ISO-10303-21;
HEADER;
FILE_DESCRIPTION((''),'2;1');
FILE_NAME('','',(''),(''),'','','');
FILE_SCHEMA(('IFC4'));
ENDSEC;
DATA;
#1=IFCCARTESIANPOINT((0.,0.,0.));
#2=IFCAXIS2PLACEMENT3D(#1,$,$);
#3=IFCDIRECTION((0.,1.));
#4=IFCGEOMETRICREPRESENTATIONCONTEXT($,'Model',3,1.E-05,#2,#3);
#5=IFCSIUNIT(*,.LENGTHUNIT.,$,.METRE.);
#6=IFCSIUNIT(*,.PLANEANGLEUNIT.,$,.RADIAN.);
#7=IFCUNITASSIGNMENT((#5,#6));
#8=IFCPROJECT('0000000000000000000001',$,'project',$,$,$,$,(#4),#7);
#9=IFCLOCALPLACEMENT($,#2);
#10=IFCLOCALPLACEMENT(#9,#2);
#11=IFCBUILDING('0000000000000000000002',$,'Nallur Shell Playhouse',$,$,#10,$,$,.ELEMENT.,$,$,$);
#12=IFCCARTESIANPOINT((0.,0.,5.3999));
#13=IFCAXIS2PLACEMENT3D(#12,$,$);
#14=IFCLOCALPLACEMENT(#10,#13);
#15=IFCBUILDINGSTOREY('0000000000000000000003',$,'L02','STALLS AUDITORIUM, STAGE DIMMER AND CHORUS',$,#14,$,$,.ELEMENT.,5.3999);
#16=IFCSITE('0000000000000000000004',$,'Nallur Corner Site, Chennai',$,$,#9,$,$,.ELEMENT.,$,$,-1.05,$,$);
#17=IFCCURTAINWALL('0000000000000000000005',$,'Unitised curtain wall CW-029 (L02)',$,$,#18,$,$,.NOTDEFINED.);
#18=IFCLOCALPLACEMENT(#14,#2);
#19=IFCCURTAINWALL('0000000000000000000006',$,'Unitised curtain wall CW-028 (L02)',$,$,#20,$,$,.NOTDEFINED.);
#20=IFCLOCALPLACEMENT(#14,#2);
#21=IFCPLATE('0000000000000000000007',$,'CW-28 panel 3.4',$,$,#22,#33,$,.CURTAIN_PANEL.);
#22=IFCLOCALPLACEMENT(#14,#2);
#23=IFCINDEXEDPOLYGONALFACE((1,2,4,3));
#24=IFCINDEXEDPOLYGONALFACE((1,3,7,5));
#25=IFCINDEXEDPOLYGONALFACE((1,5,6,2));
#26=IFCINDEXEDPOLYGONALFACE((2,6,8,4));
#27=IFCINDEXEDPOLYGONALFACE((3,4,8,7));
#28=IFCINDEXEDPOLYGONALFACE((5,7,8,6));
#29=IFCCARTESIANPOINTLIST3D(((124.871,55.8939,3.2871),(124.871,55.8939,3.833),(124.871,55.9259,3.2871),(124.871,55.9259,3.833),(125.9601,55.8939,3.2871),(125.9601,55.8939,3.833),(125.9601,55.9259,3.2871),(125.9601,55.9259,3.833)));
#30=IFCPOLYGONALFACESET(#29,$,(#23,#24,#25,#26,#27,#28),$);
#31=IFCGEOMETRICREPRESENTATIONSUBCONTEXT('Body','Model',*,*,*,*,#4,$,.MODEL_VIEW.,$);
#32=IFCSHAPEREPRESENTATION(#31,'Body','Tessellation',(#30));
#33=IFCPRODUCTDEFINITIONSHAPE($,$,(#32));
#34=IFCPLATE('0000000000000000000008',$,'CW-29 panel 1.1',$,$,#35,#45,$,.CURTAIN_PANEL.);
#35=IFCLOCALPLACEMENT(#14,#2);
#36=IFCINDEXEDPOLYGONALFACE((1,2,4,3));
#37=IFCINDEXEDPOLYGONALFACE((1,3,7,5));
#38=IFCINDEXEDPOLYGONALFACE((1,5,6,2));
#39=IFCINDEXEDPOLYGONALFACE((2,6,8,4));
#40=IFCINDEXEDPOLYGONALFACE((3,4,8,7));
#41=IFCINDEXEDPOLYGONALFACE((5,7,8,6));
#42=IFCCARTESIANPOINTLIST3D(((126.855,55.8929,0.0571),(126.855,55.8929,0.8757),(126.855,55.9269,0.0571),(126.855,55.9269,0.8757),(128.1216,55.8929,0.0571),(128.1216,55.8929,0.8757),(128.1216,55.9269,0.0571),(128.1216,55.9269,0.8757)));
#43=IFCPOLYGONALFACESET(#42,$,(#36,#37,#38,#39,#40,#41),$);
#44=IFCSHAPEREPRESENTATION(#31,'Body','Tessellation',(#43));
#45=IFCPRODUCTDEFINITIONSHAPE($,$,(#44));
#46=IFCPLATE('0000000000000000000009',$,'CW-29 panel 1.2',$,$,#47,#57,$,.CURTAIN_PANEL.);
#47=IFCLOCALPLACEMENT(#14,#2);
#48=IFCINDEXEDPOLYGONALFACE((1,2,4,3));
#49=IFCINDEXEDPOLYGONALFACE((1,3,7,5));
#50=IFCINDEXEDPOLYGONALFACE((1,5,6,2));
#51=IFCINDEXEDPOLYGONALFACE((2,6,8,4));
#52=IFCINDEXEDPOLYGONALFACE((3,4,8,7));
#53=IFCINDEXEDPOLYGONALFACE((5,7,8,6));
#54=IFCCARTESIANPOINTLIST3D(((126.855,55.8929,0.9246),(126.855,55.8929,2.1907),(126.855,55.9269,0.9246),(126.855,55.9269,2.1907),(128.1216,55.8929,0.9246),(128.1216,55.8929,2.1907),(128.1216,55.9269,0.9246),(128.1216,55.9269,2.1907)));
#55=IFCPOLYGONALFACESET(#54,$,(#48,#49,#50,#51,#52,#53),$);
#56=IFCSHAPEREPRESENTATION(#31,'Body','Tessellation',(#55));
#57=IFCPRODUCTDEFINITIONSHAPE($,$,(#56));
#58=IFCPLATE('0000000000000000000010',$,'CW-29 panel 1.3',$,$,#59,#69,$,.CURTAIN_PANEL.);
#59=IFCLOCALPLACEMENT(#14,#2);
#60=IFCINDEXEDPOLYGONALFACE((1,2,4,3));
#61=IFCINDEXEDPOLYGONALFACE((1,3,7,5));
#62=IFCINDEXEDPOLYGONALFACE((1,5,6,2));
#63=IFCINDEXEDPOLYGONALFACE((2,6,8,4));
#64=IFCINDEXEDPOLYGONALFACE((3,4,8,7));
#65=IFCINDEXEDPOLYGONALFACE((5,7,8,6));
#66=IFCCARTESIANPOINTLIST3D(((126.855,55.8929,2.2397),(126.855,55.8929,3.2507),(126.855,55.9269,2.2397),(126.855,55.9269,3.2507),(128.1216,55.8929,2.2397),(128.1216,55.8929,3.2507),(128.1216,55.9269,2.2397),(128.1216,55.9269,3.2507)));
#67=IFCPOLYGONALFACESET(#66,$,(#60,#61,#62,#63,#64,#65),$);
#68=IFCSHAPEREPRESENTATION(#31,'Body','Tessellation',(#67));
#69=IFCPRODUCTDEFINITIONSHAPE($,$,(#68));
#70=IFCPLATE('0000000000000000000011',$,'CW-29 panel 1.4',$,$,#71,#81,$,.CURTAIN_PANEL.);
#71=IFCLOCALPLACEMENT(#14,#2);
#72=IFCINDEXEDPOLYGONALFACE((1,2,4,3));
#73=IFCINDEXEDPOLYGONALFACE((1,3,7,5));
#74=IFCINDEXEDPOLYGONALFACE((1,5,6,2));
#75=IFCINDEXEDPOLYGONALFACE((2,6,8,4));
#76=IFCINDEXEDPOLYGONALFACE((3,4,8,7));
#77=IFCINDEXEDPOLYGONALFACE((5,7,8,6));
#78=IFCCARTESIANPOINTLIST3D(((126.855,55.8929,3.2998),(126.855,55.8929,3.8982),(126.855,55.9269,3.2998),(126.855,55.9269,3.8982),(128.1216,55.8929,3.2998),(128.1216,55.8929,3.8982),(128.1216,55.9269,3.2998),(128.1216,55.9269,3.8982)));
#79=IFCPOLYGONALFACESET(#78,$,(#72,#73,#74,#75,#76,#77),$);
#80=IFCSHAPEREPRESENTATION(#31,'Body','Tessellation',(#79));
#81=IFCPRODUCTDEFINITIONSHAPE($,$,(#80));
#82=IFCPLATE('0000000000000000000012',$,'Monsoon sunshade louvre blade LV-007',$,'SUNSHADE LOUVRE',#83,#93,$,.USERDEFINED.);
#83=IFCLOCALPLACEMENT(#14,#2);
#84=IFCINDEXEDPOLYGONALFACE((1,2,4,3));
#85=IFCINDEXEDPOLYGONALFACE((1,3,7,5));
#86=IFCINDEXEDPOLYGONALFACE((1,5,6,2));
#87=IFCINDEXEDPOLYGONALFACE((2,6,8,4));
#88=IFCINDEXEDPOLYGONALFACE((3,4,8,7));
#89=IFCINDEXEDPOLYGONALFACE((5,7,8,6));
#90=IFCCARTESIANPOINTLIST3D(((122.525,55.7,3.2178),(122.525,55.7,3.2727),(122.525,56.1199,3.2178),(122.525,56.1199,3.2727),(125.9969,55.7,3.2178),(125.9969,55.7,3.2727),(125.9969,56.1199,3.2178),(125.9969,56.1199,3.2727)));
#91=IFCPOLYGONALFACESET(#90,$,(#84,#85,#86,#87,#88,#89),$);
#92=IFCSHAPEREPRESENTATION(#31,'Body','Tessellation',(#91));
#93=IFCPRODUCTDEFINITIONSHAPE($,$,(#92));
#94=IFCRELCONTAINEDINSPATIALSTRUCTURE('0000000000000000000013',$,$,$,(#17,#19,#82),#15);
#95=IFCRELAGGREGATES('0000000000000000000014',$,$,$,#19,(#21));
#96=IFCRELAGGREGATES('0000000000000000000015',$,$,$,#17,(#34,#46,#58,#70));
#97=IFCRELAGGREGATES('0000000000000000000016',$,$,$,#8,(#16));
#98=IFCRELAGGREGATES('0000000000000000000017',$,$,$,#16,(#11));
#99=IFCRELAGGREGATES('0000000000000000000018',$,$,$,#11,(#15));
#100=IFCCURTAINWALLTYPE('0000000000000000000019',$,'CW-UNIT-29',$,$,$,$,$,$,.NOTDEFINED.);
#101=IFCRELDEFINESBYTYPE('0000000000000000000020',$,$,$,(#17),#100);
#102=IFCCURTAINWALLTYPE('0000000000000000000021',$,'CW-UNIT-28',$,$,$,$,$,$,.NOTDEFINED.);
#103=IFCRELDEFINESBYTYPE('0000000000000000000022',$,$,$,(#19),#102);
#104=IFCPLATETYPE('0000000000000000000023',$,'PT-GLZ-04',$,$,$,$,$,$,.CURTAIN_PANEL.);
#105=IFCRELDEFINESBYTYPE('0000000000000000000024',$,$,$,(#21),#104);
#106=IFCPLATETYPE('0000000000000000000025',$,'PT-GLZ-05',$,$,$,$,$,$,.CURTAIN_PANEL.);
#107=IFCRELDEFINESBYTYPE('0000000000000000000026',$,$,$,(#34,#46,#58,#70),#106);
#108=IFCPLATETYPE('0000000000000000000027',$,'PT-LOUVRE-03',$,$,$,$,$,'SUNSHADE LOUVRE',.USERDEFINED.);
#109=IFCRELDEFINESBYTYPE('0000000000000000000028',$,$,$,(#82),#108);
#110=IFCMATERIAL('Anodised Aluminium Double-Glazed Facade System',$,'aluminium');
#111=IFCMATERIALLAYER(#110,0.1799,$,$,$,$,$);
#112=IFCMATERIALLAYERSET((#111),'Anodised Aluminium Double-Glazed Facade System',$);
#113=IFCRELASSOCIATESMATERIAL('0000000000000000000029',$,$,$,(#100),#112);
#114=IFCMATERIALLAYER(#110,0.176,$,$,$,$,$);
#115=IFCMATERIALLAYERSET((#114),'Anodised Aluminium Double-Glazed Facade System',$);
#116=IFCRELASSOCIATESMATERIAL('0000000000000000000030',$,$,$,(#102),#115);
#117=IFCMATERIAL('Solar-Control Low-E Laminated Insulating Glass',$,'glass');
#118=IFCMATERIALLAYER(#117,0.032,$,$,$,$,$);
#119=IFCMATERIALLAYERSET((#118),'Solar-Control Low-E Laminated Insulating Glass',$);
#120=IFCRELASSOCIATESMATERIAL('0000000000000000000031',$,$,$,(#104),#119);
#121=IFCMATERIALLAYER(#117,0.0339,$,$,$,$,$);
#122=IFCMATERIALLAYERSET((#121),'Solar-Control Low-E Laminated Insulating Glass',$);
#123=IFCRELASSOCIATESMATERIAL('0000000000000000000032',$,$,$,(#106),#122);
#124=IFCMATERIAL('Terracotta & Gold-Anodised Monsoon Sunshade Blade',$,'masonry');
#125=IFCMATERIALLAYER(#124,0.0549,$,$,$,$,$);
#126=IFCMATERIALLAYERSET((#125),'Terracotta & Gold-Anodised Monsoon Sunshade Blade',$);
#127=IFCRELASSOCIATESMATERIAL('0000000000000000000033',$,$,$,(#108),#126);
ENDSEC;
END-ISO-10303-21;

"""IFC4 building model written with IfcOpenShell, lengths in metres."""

from ifc_helpers import new_model, si_unit, direction, frame, origin, origin_2d, place, context, subcontext, project, spatial, rectangle, extrude, material, layer, layer_set, type_object, element, aggregate, save


model = new_model("IFC4")

# Units and contexts
model_context = context("Model", 3, precision=1e-05, world=origin(), true_north=direction((0.0, 1.0)))
body_context = subcontext(model_context, "Body", "Model", "MODEL_VIEW")
ifc_project = project(units=[si_unit("LENGTHUNIT", "METRE"), si_unit("PLANEANGLEUNIT", "RADIAN")], contexts=[model_context])

# Site, building, storey
site_placement = place(None, origin())
site = spatial("IfcSite", under=ifc_project, at=site_placement, Name="Nallur Corner Site, Chennai", CompositionType="ELEMENT", RefElevation=-1.05)
building_placement = place(site_placement, origin())
building = spatial("IfcBuilding", under=site, at=building_placement, Name="Nallur Shell Playhouse", CompositionType="ELEMENT")
storey_placement = place(building_placement, frame((0.0, 0.0, 5.3999)))
storey = spatial("IfcBuildingStorey", under=building, at=storey_placement, Name="L02", Description="STALLS AUDITORIUM, STAGE DIMMER AND CHORUS", CompositionType="ELEMENT", Elevation=5.3999)

# Curtain wall
ifc_material_1 = material(Name="Anodised Aluminium Double-Glazed Facade System", Category="aluminium")
ifc_layer_1 = layer(ifc_material_1, 0.1799)
ifc_layer_set_1 = layer_set([ifc_layer_1], Name="Anodised Aluminium Double-Glazed Facade System")
curtain_wall_type_1 = type_object("IfcCurtainWallType", Name="CW-UNIT-29", PredefinedType="NOTDEFINED", material=ifc_layer_set_1)
curtain_wall_1_placement = place(storey_placement, origin())
curtain_wall_1 = element("IfcCurtainWall", 1, at=curtain_wall_1_placement, inside=storey, type_object=curtain_wall_type_1, Name="Unitised curtain wall CW-029 (L02)", PredefinedType="NOTDEFINED")

# Curtain wall
ifc_layer_2 = layer(ifc_material_1, 0.176)
ifc_layer_set_2 = layer_set([ifc_layer_2], Name="Anodised Aluminium Double-Glazed Facade System")
curtain_wall_type_2 = type_object("IfcCurtainWallType", Name="CW-UNIT-28", PredefinedType="NOTDEFINED", material=ifc_layer_set_2)
curtain_wall_2_placement = place(storey_placement, origin())
curtain_wall_2 = element("IfcCurtainWall", 2, at=curtain_wall_2_placement, inside=storey, type_object=curtain_wall_type_2, Name="Unitised curtain wall CW-028 (L02)", PredefinedType="NOTDEFINED")

# Plates
ifc_material_2 = material(Name="Solar-Control Low-E Laminated Insulating Glass", Category="glass")
ifc_layer_3 = layer(ifc_material_2, 0.032)
ifc_layer_set_3 = layer_set([ifc_layer_3], Name="Solar-Control Low-E Laminated Insulating Glass")
plate_type_1 = type_object("IfcPlateType", Name="PT-GLZ-04", PredefinedType="CURTAIN_PANEL", material=ifc_layer_set_3)
plate_1_placement = place(storey_placement, frame((125.4155, 55.9099, 3.2871), z_axis=(0.0, 0.0, 1.0), x_axis=(1.0, 0.0, 0.0)))
plate_1 = element("IfcPlate", 3, at=plate_1_placement, type_object=plate_type_1, Name="CW-28 panel 3.4", PredefinedType="CURTAIN_PANEL", context=body_context, shape_type="SweptSolid", body=[
    extrude(rectangle(XDim=1.0891, YDim=0.032, at=origin_2d()), origin(), (0.0, 0.0, 1.0), 0.5459),
])
aggregate(curtain_wall_2, [plate_1])
ifc_layer_4 = layer(ifc_material_2, 0.0339)
ifc_layer_set_4 = layer_set([ifc_layer_4], Name="Solar-Control Low-E Laminated Insulating Glass")
plate_type_2 = type_object("IfcPlateType", Name="PT-GLZ-05", PredefinedType="CURTAIN_PANEL", material=ifc_layer_set_4)
plate_2_placement = place(storey_placement, frame((127.4883, 55.9099, 0.0571), z_axis=(0.0, 0.0, 1.0), x_axis=(1.0, 0.0, 0.0)))
plate_2 = element("IfcPlate", 4, at=plate_2_placement, type_object=plate_type_2, Name="CW-29 panel 1.1", PredefinedType="CURTAIN_PANEL", context=body_context, shape_type="SweptSolid", body=[
    extrude(rectangle(XDim=1.2666, YDim=0.0339, at=origin_2d()), origin(), (0.0, 0.0, 1.0), 0.8186),
])
plate_3_placement = place(storey_placement, frame((127.4883, 55.9099, 0.9246), z_axis=(0.0, 0.0, 1.0), x_axis=(1.0, 0.0, 0.0)))
plate_3 = element("IfcPlate", 5, at=plate_3_placement, type_object=plate_type_2, Name="CW-29 panel 1.2", PredefinedType="CURTAIN_PANEL", context=body_context, shape_type="SweptSolid", body=[
    extrude(rectangle(XDim=1.2666, YDim=0.0339, at=origin_2d()), origin(), (0.0, 0.0, 1.0), 1.2661),
])
plate_4_placement = place(storey_placement, frame((127.4883, 55.9099, 2.2397), z_axis=(0.0, 0.0, 1.0), x_axis=(1.0, 0.0, 0.0)))
plate_4 = element("IfcPlate", 6, at=plate_4_placement, type_object=plate_type_2, Name="CW-29 panel 1.3", PredefinedType="CURTAIN_PANEL", context=body_context, shape_type="SweptSolid", body=[
    extrude(rectangle(XDim=1.2666, YDim=0.0339, at=origin_2d()), origin(), (0.0, 0.0, 1.0), 1.011),
])
plate_5_placement = place(storey_placement, frame((127.4883, 55.9099, 3.2998), z_axis=(0.0, 0.0, 1.0), x_axis=(1.0, 0.0, 0.0)))
plate_5 = element("IfcPlate", 7, at=plate_5_placement, type_object=plate_type_2, Name="CW-29 panel 1.4", PredefinedType="CURTAIN_PANEL", context=body_context, shape_type="SweptSolid", body=[
    extrude(rectangle(XDim=1.2666, YDim=0.0339, at=origin_2d()), origin(), (0.0, 0.0, 1.0), 0.5984),
])
aggregate(curtain_wall_1, [plate_2, plate_3, plate_4, plate_5])
ifc_material_3 = material(Name="Terracotta & Gold-Anodised Monsoon Sunshade Blade", Category="masonry")
ifc_layer_5 = layer(ifc_material_3, 0.0549)
ifc_layer_set_5 = layer_set([ifc_layer_5], Name="Terracotta & Gold-Anodised Monsoon Sunshade Blade")
plate_type_3 = type_object("IfcPlateType", Name="PT-LOUVRE-03", ElementType="SUNSHADE LOUVRE", PredefinedType="USERDEFINED", material=ifc_layer_set_5)
plate_6_placement = place(storey_placement, frame((124.261, 55.9099, 3.2178), z_axis=(0.0, 0.0, 1.0), x_axis=(1.0, 0.0, 0.0)))
element("IfcPlate", 8, at=plate_6_placement, inside=storey, type_object=plate_type_3, Name="Monsoon sunshade louvre blade LV-007", ObjectType="SUNSHADE LOUVRE", PredefinedType="USERDEFINED", context=body_context, shape_type="SweptSolid", body=[
    extrude(rectangle(XDim=3.4719, YDim=0.4199, at=origin_2d()), origin(), (0.0, 0.0, 1.0), 0.0549),
])

save(model, "model.ifc")
